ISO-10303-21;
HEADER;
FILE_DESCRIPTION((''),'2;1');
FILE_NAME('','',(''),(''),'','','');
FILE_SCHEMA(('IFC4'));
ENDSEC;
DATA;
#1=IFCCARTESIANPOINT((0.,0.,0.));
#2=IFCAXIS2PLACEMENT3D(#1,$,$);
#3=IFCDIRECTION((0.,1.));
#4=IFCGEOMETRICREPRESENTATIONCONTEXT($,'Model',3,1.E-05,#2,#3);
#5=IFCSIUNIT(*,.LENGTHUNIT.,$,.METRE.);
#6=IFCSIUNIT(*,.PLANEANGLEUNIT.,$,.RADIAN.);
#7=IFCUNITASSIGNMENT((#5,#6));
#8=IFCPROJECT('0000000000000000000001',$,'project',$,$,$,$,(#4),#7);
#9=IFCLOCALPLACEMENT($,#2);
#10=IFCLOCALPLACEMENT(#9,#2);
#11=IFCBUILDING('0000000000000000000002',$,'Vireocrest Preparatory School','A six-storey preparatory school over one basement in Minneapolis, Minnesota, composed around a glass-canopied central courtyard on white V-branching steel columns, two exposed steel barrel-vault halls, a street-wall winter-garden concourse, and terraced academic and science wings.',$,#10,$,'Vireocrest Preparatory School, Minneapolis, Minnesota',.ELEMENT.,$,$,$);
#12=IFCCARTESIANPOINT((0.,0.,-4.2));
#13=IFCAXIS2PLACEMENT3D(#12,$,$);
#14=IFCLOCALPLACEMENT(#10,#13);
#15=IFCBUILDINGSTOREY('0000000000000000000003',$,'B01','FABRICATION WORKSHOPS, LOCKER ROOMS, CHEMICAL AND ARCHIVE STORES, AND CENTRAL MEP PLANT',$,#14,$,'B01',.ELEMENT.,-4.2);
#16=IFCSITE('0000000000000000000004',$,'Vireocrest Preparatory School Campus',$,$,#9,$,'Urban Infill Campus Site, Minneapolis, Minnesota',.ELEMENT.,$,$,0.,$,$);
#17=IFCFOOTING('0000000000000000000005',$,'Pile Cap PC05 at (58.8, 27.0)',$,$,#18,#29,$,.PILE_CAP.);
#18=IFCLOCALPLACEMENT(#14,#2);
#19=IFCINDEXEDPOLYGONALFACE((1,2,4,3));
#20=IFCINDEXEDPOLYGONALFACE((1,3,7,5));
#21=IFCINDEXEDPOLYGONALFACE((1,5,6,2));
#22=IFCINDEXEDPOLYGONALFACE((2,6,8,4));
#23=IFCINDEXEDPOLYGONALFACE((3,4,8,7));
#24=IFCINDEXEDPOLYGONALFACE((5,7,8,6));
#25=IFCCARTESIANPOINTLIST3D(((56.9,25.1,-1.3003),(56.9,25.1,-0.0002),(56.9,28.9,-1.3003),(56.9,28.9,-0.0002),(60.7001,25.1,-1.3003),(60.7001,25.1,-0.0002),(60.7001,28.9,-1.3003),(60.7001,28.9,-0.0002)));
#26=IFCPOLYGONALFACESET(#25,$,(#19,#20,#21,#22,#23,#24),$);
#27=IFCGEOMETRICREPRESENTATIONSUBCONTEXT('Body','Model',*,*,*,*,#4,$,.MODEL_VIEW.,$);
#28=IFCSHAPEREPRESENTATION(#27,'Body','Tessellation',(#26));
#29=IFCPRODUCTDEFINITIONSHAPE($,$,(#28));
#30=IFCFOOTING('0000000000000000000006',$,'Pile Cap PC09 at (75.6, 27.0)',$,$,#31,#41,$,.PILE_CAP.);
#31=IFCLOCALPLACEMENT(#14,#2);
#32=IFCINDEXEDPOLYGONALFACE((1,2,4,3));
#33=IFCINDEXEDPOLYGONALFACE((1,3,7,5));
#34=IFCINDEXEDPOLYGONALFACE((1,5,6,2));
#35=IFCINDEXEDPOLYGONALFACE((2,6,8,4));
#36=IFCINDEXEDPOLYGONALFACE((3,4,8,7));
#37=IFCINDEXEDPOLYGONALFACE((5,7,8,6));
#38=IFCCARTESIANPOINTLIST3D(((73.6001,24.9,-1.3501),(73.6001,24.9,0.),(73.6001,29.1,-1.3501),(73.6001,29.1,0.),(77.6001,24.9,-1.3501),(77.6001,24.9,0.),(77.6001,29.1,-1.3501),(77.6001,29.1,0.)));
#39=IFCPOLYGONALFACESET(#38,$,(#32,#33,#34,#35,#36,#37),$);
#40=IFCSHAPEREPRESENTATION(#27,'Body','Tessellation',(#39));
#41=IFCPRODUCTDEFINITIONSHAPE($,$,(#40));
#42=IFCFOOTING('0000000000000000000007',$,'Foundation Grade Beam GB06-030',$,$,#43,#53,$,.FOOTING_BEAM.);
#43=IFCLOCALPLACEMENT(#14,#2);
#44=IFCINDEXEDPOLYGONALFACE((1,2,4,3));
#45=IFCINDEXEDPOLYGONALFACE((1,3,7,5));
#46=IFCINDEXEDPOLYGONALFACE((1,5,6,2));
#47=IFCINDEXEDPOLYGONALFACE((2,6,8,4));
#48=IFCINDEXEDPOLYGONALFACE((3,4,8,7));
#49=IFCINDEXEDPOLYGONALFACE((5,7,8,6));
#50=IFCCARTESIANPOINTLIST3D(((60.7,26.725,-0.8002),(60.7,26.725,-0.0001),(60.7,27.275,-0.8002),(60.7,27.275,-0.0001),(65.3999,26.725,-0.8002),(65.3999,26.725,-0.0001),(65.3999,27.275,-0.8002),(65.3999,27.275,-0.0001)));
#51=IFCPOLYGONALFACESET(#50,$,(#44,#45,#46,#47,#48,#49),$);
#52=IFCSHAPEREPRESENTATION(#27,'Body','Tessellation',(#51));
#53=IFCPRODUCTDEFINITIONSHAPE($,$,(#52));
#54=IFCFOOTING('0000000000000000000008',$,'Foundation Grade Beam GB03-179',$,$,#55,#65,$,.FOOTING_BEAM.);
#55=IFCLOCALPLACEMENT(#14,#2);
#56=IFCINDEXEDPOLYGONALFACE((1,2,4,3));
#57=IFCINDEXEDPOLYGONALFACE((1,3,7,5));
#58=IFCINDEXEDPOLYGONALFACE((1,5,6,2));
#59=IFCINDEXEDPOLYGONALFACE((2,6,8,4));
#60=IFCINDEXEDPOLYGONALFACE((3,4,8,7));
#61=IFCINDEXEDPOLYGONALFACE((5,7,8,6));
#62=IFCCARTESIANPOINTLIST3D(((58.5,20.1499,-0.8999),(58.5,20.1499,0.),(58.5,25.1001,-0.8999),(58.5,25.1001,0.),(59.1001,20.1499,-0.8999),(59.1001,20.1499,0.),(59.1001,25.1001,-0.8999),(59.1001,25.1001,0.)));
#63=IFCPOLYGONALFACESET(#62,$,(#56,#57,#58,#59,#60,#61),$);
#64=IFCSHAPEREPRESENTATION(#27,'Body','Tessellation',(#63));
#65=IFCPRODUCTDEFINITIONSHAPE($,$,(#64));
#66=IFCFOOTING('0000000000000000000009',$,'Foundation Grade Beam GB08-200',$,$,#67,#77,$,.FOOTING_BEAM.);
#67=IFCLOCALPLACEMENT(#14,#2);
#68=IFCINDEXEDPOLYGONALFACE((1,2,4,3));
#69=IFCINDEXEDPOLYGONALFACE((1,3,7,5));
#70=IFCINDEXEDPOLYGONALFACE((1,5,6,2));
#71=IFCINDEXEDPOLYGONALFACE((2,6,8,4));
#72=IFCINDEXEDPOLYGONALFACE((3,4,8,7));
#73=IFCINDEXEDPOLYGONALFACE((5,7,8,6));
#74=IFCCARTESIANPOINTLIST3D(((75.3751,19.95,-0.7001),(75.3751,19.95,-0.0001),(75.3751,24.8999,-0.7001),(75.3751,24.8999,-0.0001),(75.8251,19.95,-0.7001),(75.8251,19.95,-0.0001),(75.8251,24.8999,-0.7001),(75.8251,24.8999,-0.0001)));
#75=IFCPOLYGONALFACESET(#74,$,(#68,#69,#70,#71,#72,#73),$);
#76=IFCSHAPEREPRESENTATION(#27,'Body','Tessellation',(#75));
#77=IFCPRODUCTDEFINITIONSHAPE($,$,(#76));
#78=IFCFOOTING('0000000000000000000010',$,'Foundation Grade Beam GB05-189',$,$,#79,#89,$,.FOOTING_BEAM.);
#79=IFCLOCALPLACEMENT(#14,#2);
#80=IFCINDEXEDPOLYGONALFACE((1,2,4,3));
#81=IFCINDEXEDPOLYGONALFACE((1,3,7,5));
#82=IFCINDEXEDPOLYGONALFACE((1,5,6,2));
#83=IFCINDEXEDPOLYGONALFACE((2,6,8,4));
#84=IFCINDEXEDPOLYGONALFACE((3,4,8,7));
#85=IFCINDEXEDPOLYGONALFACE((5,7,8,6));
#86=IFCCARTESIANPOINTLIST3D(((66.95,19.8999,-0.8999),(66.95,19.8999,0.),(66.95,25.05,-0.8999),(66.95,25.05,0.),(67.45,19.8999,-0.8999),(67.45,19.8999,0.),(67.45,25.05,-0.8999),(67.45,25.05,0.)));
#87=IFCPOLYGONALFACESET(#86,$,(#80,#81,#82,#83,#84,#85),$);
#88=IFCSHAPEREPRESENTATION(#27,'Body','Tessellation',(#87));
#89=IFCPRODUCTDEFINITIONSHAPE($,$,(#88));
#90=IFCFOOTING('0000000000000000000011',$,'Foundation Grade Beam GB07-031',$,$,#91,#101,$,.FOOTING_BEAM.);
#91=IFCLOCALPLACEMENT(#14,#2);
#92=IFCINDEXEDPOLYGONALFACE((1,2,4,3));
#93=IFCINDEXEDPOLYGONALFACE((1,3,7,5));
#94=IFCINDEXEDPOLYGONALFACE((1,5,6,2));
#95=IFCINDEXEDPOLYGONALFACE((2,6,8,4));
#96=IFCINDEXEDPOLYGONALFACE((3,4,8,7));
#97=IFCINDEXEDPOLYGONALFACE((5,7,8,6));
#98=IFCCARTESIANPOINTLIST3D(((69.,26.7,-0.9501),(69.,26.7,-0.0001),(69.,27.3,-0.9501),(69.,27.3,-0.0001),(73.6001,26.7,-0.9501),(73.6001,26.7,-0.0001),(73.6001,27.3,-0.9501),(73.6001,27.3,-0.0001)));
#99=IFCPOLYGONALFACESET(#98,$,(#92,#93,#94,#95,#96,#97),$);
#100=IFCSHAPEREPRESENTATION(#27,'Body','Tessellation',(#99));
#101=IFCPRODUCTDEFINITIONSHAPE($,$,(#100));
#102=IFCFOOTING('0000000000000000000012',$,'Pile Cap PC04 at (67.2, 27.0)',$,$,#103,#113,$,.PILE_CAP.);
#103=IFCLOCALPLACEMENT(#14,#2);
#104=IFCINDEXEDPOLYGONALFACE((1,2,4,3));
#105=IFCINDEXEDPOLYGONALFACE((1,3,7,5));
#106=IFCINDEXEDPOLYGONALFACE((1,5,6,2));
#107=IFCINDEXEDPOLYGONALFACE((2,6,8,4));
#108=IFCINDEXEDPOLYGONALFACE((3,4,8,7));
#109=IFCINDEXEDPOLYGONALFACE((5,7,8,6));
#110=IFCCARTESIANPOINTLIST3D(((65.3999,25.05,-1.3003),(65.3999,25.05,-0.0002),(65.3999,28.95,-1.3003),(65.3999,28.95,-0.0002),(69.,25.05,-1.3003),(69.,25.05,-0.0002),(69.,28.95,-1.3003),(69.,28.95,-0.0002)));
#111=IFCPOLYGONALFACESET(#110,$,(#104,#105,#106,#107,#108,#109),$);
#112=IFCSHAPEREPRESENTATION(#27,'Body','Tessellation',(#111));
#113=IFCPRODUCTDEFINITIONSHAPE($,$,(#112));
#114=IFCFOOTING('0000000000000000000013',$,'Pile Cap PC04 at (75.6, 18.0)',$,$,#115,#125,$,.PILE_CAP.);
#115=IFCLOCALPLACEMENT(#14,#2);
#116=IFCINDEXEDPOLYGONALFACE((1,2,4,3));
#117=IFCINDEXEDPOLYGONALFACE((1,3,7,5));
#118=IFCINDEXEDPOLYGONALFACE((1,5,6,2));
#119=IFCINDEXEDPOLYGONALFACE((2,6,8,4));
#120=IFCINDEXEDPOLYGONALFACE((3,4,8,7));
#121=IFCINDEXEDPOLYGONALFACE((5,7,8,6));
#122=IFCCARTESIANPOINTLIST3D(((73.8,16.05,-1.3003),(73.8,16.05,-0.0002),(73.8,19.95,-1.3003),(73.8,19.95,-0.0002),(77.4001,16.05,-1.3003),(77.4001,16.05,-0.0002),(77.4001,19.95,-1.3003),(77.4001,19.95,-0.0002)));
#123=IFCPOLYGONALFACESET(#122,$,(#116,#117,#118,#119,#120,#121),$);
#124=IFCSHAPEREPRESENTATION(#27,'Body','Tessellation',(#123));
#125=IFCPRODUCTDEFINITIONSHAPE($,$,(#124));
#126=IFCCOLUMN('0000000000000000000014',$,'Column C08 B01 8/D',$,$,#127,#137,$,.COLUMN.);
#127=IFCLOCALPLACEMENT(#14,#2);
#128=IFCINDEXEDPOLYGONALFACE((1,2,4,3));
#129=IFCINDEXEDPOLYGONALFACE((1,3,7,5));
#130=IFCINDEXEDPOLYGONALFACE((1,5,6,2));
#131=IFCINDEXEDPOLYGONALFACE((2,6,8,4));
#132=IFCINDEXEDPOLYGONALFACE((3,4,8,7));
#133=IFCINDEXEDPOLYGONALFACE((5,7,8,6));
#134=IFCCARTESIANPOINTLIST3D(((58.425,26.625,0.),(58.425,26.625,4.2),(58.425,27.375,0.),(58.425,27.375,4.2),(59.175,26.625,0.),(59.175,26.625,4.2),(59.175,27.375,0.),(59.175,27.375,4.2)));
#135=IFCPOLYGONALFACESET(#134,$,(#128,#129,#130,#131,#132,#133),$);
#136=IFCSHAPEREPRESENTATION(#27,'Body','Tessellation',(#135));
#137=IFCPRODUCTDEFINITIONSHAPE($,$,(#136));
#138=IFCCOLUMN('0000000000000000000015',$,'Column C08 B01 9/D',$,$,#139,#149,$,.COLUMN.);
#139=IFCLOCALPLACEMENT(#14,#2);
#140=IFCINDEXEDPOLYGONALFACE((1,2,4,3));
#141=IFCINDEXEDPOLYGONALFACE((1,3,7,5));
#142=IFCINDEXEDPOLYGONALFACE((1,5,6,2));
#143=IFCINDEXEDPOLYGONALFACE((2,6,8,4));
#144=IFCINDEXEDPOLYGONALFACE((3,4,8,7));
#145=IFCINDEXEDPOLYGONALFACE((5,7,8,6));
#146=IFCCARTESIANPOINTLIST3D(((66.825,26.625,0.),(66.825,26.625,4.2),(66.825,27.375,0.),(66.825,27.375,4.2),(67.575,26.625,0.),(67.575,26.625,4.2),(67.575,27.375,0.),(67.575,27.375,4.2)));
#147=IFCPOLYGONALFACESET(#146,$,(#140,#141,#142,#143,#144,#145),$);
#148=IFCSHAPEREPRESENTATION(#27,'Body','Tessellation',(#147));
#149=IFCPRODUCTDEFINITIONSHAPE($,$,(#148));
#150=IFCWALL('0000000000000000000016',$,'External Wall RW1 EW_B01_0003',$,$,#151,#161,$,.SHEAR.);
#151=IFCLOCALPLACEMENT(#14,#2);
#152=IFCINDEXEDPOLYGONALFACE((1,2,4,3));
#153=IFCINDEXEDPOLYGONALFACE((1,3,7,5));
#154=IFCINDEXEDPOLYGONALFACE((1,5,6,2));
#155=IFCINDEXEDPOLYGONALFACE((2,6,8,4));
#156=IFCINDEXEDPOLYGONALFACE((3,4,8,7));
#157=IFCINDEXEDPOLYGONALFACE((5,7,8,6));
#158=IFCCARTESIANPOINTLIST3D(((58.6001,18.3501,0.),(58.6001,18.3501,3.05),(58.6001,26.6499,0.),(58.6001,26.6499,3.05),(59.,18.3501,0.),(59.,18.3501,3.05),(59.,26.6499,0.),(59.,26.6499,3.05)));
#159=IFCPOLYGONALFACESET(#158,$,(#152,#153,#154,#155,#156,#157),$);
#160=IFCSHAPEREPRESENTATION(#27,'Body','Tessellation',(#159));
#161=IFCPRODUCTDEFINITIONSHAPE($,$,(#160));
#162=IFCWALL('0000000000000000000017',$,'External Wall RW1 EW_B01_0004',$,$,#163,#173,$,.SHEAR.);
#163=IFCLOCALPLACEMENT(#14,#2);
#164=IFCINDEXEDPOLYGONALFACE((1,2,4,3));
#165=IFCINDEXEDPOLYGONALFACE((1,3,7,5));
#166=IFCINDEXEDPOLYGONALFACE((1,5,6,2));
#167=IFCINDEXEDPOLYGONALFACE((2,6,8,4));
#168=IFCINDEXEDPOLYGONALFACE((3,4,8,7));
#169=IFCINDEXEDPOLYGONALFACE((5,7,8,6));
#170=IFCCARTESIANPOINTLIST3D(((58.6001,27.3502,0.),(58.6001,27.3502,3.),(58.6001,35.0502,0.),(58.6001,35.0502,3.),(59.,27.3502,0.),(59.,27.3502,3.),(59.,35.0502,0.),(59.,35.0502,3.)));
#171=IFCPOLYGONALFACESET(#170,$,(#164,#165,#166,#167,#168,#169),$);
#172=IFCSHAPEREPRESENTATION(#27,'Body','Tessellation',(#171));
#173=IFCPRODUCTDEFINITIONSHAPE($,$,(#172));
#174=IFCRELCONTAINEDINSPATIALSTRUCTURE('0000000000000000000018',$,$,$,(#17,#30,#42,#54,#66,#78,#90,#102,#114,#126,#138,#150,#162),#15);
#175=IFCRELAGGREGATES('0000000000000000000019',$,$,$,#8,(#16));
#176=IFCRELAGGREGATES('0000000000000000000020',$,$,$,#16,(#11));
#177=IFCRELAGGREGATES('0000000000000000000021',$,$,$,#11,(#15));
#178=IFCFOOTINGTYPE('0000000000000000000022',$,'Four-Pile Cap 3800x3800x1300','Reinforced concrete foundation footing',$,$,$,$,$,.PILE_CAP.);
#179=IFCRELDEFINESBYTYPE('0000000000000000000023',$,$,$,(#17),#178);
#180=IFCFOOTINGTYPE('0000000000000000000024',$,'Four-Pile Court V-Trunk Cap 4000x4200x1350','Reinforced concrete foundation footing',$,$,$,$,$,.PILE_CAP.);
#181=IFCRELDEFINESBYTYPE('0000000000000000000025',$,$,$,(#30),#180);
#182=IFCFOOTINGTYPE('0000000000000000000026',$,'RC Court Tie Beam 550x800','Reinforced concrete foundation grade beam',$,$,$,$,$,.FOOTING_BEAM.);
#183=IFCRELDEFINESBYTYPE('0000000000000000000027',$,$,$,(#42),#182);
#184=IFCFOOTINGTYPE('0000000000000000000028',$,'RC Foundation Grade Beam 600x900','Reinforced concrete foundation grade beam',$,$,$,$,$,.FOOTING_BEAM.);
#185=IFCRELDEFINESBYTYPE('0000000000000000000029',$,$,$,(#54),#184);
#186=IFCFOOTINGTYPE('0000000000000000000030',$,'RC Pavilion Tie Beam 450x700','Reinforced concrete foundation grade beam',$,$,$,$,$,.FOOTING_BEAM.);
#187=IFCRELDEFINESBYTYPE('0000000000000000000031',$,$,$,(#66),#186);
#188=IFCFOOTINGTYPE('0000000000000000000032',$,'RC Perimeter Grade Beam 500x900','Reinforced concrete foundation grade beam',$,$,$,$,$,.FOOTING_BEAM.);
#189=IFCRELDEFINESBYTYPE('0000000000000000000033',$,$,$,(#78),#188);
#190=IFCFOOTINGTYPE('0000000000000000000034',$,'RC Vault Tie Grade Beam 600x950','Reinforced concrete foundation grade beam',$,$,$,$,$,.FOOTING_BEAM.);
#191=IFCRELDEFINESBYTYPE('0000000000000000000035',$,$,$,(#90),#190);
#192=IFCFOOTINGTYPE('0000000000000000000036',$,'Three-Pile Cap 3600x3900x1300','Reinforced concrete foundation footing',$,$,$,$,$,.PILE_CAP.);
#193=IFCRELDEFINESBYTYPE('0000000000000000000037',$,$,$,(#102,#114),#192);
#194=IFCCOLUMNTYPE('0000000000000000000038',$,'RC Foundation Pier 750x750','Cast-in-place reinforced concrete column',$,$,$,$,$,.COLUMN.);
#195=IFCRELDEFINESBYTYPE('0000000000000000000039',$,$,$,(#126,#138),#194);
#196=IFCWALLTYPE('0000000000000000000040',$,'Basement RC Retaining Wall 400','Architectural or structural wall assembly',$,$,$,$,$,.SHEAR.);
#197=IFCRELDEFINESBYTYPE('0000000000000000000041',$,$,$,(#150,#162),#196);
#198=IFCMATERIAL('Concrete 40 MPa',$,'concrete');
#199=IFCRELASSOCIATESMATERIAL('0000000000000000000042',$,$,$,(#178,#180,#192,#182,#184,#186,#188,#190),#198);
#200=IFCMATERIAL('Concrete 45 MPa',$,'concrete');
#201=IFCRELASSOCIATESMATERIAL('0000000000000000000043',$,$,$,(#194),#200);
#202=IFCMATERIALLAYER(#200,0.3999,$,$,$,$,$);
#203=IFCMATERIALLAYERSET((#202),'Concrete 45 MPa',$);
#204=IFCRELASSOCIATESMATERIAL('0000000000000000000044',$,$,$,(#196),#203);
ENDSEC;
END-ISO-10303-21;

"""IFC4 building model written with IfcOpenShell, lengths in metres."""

from ifc_helpers import new_model, si_unit, direction, frame, frame_2d, origin, origin_2d, place, context, subcontext, project, spatial, rectangle, extrude, material, layer, layer_set, material_profile, profile_set, type_object, element, save


model = new_model("IFC4")

# Units and contexts
model_context = context("Model", 3, precision=1e-05, world=origin(), true_north=direction((0.0, 1.0)))
body_context = subcontext(model_context, "Body", "Model", "MODEL_VIEW")
ifc_project = project(units=[si_unit("LENGTHUNIT", "METRE"), si_unit("PLANEANGLEUNIT", "RADIAN")], contexts=[model_context])

# Site, building, storey
site_placement = place(None, origin())
site = spatial("IfcSite", under=ifc_project, at=site_placement, Name="Vireocrest Preparatory School Campus", LongName="Urban Infill Campus Site, Minneapolis, Minnesota", CompositionType="ELEMENT", RefElevation=0.0)
building_placement = place(site_placement, origin())
building = spatial("IfcBuilding", under=site, at=building_placement, Name="Vireocrest Preparatory School", Description="A six-storey preparatory school over one basement in Minneapolis, Minnesota, composed around a glass-canopied central courtyard on white V-branching steel columns, two exposed steel barrel-vault halls, a street-wall winter-garden concourse, and terraced academic and science wings.", LongName="Vireocrest Preparatory School, Minneapolis, Minnesota", CompositionType="ELEMENT")
storey_placement = place(building_placement, frame((0.0, 0.0, -4.2)))
storey = spatial("IfcBuildingStorey", under=building, at=storey_placement, Name="B01", Description="FABRICATION WORKSHOPS, LOCKER ROOMS, CHEMICAL AND ARCHIVE STORES, AND CENTRAL MEP PLANT", LongName="B01", CompositionType="ELEMENT", Elevation=-4.2)

# Shared definitions
ifc_material_1 = material(Name="Concrete 40 MPa", Category="concrete")

# Footings
footing_type_1 = type_object("IfcFootingType", Name="Four-Pile Cap 3800x3800x1300", Description="Reinforced concrete foundation footing", PredefinedType="PILE_CAP", material=ifc_material_1)
footing_1_placement = place(storey_placement, frame((58.8, 27.0, -1.3003), z_axis=(0.0, 0.0, 1.0), x_axis=(1.0, 0.0, 0.0)))
element("IfcFooting", 1, at=footing_1_placement, inside=storey, type_object=footing_type_1, Name="Pile Cap PC05 at (58.8, 27.0)", PredefinedType="PILE_CAP", context=body_context, shape_type="SweptSolid", body=[
    extrude(rectangle(XDim=3.8, YDim=3.8, at=origin_2d()), origin(), (0.0, 0.0, 1.0), 1.3),
])
footing_type_2 = type_object("IfcFootingType", Name="Four-Pile Court V-Trunk Cap 4000x4200x1350", Description="Reinforced concrete foundation footing", PredefinedType="PILE_CAP", material=ifc_material_1)
footing_2_placement = place(storey_placement, frame((75.6001, 27.0, -1.3501), z_axis=(0.0, 0.0, 1.0), x_axis=(1.0, 0.0, 0.0)))
element("IfcFooting", 2, at=footing_2_placement, inside=storey, type_object=footing_type_2, Name="Pile Cap PC09 at (75.6, 27.0)", PredefinedType="PILE_CAP", context=body_context, shape_type="SweptSolid", body=[
    extrude(rectangle(XDim=4.0, YDim=4.2, at=origin_2d()), origin(), (0.0, 0.0, 1.0), 1.3501),
])
ifc_material_profile_1 = material_profile(ifc_material_1, rectangle(XDim=0.55, YDim=0.8, at=origin_2d()), Name="GB 550x800")
ifc_profile_set_1 = profile_set([ifc_material_profile_1], Name="Concrete 40 MPa")
footing_type_3 = type_object("IfcFootingType", Name="RC Court Tie Beam 550x800", Description="Reinforced concrete foundation grade beam", PredefinedType="FOOTING_BEAM", material=ifc_profile_set_1)
footing_3_placement = place(storey_placement, frame((60.7, 27.0, -0.4001), z_axis=(1.0, 0.0, 0.0), x_axis=(0.0, 1.0, 0.0)))
element("IfcFooting", 3, at=footing_3_placement, inside=storey, type_object=footing_type_3, Name="Foundation Grade Beam GB06-030", PredefinedType="FOOTING_BEAM", context=body_context, shape_type="SweptSolid", body=[
    extrude(rectangle(XDim=0.55, YDim=0.8, at=origin_2d()), origin(), (0.0, 0.0, 1.0), 4.7),
])
ifc_material_profile_2 = material_profile(ifc_material_1, rectangle(XDim=0.6001, YDim=0.8999, at=origin_2d()), Name="GB 600x900")
ifc_profile_set_2 = profile_set([ifc_material_profile_2], Name="Concrete 40 MPa")
footing_type_4 = type_object("IfcFootingType", Name="RC Foundation Grade Beam 600x900", Description="Reinforced concrete foundation grade beam", PredefinedType="FOOTING_BEAM", material=ifc_profile_set_2)
footing_4_placement = place(storey_placement, frame((58.8, 20.1499, -0.45), z_axis=(0.0, 1.0, 0.0), x_axis=(-1.0, 0.0, 0.0)))
element("IfcFooting", 4, at=footing_4_placement, inside=storey, type_object=footing_type_4, Name="Foundation Grade Beam GB03-179", PredefinedType="FOOTING_BEAM", context=body_context, shape_type="SweptSolid", body=[
    extrude(rectangle(XDim=0.6001, YDim=0.8999, at=origin_2d()), origin(), (0.0, 0.0, 1.0), 4.9502),
])
ifc_material_profile_3 = material_profile(ifc_material_1, rectangle(XDim=0.45, YDim=0.7, at=origin_2d()), Name="GB 450x700")
ifc_profile_set_3 = profile_set([ifc_material_profile_3], Name="Concrete 40 MPa")
footing_type_5 = type_object("IfcFootingType", Name="RC Pavilion Tie Beam 450x700", Description="Reinforced concrete foundation grade beam", PredefinedType="FOOTING_BEAM", material=ifc_profile_set_3)
footing_5_placement = place(storey_placement, frame((75.6001, 19.95, -0.3501), z_axis=(0.0, 1.0, 0.0), x_axis=(-1.0, 0.0, 0.0)))
element("IfcFooting", 5, at=footing_5_placement, inside=storey, type_object=footing_type_5, Name="Foundation Grade Beam GB08-200", PredefinedType="FOOTING_BEAM", context=body_context, shape_type="SweptSolid", body=[
    extrude(rectangle(XDim=0.45, YDim=0.7, at=origin_2d()), origin(), (0.0, 0.0, 1.0), 4.95),
])
ifc_material_profile_4 = material_profile(ifc_material_1, rectangle(XDim=0.5, YDim=0.8999, at=origin_2d()), Name="GB 500x900")
ifc_profile_set_4 = profile_set([ifc_material_profile_4], Name="Concrete 40 MPa")
footing_type_6 = type_object("IfcFootingType", Name="RC Perimeter Grade Beam 500x900", Description="Reinforced concrete foundation grade beam", PredefinedType="FOOTING_BEAM", material=ifc_profile_set_4)
footing_6_placement = place(storey_placement, frame((67.2, 19.8999, -0.45), z_axis=(0.0, 1.0, 0.0), x_axis=(-1.0, 0.0, 0.0)))
element("IfcFooting", 6, at=footing_6_placement, inside=storey, type_object=footing_type_6, Name="Foundation Grade Beam GB05-189", PredefinedType="FOOTING_BEAM", context=body_context, shape_type="SweptSolid", body=[
    extrude(rectangle(XDim=0.5, YDim=0.8999, at=origin_2d()), origin(), (0.0, 0.0, 1.0), 5.1501),
])
ifc_material_profile_5 = material_profile(ifc_material_1, rectangle(XDim=0.6001, YDim=0.95, at=origin_2d()), Name="GB 600x950")
ifc_profile_set_5 = profile_set([ifc_material_profile_5], Name="Concrete 40 MPa")
footing_type_7 = type_object("IfcFootingType", Name="RC Vault Tie Grade Beam 600x950", Description="Reinforced concrete foundation grade beam", PredefinedType="FOOTING_BEAM", material=ifc_profile_set_5)
footing_7_placement = place(storey_placement, frame((69.0, 27.0, -0.4751), z_axis=(1.0, 0.0, 0.0), x_axis=(0.0, 1.0, 0.0)))
element("IfcFooting", 7, at=footing_7_placement, inside=storey, type_object=footing_type_7, Name="Foundation Grade Beam GB07-031", PredefinedType="FOOTING_BEAM", context=body_context, shape_type="SweptSolid", body=[
    extrude(rectangle(XDim=0.6001, YDim=0.95, at=origin_2d()), origin(), (0.0, 0.0, 1.0), 4.6001),
])
footing_type_8 = type_object("IfcFootingType", Name="Three-Pile Cap 3600x3900x1300", Description="Reinforced concrete foundation footing", PredefinedType="PILE_CAP", material=ifc_material_1)
for number, where, z_axis, x_axis, name in (
    (8, (67.2, 27.0, -1.3003), (0.0, 0.0, 1.0), (1.0, 0.0, 0.0), "Pile Cap PC04 at (67.2, 27.0)"),
    (9, (75.6001, 18.0, -1.3003), (0.0, 0.0, 1.0), (1.0, 0.0, 0.0), "Pile Cap PC04 at (75.6, 18.0)"),
):
    element("IfcFooting", number, at=place(storey_placement, frame(where, z_axis=z_axis, x_axis=x_axis)), inside=storey, type_object=footing_type_8, Name=name, PredefinedType="PILE_CAP", context=body_context, shape_type="SweptSolid", body=[
        extrude(rectangle(XDim=3.6001, YDim=3.8999, at=origin_2d()), origin(), (0.0, 0.0, 1.0), 1.3),
    ])

# Columns
ifc_material_2 = material(Name="Concrete 45 MPa", Category="concrete")
ifc_material_profile_6 = material_profile(ifc_material_2, rectangle(XDim=0.75, YDim=0.75, at=origin_2d()), Name="RC 750x750")
ifc_profile_set_6 = profile_set([ifc_material_profile_6], Name="Concrete 45 MPa")
column_type = type_object("IfcColumnType", Name="RC Foundation Pier 750x750", Description="Cast-in-place reinforced concrete column", PredefinedType="COLUMN", material=ifc_profile_set_6)
for number, where, z_axis, x_axis, name in (
    (10, (58.8, 27.0, 0.0), (0.0, 0.0, 1.0), (1.0, 0.0, 0.0), "Column C08 B01 8/D"),
    (11, (67.2, 27.0, 0.0), (0.0, 0.0, 1.0), (1.0, 0.0, 0.0), "Column C08 B01 9/D"),
):
    element("IfcColumn", number, at=place(storey_placement, frame(where, z_axis=z_axis, x_axis=x_axis)), inside=storey, type_object=column_type, Name=name, PredefinedType="COLUMN", context=body_context, shape_type="SweptSolid", body=[
        extrude(rectangle(XDim=0.75, YDim=0.75, at=origin_2d()), origin(), (0.0, 0.0, 1.0), 4.2),
    ])

# Walls
ifc_layer = layer(ifc_material_2, 0.3999)
ifc_layer_set = layer_set([ifc_layer], Name="Concrete 45 MPa")
wall_type = type_object("IfcWallType", Name="Basement RC Retaining Wall 400", Description="Architectural or structural wall assembly", PredefinedType="SHEAR", material=ifc_layer_set)
wall_1_placement = place(storey_placement, frame((58.8, 18.3501, 0.0), z_axis=(0.0, 0.0, 1.0), x_axis=(0.0, 1.0, 0.0)))
element("IfcWall", 12, at=wall_1_placement, inside=storey, type_object=wall_type, Name="External Wall RW1 EW_B01_0003", PredefinedType="SHEAR", context=body_context, shape_type="SweptSolid", body=[
    extrude(rectangle(XDim=8.2998, YDim=0.3999, at=frame_2d((4.1499, 0.0))), origin(), (0.0, 0.0, 1.0), 3.05),
])
wall_2_placement = place(storey_placement, frame((58.8, 27.3501, 0.0), z_axis=(0.0, 0.0, 1.0), x_axis=(0.0, 1.0, 0.0)))
element("IfcWall", 13, at=wall_2_placement, inside=storey, type_object=wall_type, Name="External Wall RW1 EW_B01_0004", PredefinedType="SHEAR", context=body_context, shape_type="SweptSolid", body=[
    extrude(rectangle(XDim=7.7, YDim=0.3999, at=frame_2d((3.8501, 0.0))), origin(), (0.0, 0.0, 1.0), 3.0),
])

save(model, "model.ifc")
